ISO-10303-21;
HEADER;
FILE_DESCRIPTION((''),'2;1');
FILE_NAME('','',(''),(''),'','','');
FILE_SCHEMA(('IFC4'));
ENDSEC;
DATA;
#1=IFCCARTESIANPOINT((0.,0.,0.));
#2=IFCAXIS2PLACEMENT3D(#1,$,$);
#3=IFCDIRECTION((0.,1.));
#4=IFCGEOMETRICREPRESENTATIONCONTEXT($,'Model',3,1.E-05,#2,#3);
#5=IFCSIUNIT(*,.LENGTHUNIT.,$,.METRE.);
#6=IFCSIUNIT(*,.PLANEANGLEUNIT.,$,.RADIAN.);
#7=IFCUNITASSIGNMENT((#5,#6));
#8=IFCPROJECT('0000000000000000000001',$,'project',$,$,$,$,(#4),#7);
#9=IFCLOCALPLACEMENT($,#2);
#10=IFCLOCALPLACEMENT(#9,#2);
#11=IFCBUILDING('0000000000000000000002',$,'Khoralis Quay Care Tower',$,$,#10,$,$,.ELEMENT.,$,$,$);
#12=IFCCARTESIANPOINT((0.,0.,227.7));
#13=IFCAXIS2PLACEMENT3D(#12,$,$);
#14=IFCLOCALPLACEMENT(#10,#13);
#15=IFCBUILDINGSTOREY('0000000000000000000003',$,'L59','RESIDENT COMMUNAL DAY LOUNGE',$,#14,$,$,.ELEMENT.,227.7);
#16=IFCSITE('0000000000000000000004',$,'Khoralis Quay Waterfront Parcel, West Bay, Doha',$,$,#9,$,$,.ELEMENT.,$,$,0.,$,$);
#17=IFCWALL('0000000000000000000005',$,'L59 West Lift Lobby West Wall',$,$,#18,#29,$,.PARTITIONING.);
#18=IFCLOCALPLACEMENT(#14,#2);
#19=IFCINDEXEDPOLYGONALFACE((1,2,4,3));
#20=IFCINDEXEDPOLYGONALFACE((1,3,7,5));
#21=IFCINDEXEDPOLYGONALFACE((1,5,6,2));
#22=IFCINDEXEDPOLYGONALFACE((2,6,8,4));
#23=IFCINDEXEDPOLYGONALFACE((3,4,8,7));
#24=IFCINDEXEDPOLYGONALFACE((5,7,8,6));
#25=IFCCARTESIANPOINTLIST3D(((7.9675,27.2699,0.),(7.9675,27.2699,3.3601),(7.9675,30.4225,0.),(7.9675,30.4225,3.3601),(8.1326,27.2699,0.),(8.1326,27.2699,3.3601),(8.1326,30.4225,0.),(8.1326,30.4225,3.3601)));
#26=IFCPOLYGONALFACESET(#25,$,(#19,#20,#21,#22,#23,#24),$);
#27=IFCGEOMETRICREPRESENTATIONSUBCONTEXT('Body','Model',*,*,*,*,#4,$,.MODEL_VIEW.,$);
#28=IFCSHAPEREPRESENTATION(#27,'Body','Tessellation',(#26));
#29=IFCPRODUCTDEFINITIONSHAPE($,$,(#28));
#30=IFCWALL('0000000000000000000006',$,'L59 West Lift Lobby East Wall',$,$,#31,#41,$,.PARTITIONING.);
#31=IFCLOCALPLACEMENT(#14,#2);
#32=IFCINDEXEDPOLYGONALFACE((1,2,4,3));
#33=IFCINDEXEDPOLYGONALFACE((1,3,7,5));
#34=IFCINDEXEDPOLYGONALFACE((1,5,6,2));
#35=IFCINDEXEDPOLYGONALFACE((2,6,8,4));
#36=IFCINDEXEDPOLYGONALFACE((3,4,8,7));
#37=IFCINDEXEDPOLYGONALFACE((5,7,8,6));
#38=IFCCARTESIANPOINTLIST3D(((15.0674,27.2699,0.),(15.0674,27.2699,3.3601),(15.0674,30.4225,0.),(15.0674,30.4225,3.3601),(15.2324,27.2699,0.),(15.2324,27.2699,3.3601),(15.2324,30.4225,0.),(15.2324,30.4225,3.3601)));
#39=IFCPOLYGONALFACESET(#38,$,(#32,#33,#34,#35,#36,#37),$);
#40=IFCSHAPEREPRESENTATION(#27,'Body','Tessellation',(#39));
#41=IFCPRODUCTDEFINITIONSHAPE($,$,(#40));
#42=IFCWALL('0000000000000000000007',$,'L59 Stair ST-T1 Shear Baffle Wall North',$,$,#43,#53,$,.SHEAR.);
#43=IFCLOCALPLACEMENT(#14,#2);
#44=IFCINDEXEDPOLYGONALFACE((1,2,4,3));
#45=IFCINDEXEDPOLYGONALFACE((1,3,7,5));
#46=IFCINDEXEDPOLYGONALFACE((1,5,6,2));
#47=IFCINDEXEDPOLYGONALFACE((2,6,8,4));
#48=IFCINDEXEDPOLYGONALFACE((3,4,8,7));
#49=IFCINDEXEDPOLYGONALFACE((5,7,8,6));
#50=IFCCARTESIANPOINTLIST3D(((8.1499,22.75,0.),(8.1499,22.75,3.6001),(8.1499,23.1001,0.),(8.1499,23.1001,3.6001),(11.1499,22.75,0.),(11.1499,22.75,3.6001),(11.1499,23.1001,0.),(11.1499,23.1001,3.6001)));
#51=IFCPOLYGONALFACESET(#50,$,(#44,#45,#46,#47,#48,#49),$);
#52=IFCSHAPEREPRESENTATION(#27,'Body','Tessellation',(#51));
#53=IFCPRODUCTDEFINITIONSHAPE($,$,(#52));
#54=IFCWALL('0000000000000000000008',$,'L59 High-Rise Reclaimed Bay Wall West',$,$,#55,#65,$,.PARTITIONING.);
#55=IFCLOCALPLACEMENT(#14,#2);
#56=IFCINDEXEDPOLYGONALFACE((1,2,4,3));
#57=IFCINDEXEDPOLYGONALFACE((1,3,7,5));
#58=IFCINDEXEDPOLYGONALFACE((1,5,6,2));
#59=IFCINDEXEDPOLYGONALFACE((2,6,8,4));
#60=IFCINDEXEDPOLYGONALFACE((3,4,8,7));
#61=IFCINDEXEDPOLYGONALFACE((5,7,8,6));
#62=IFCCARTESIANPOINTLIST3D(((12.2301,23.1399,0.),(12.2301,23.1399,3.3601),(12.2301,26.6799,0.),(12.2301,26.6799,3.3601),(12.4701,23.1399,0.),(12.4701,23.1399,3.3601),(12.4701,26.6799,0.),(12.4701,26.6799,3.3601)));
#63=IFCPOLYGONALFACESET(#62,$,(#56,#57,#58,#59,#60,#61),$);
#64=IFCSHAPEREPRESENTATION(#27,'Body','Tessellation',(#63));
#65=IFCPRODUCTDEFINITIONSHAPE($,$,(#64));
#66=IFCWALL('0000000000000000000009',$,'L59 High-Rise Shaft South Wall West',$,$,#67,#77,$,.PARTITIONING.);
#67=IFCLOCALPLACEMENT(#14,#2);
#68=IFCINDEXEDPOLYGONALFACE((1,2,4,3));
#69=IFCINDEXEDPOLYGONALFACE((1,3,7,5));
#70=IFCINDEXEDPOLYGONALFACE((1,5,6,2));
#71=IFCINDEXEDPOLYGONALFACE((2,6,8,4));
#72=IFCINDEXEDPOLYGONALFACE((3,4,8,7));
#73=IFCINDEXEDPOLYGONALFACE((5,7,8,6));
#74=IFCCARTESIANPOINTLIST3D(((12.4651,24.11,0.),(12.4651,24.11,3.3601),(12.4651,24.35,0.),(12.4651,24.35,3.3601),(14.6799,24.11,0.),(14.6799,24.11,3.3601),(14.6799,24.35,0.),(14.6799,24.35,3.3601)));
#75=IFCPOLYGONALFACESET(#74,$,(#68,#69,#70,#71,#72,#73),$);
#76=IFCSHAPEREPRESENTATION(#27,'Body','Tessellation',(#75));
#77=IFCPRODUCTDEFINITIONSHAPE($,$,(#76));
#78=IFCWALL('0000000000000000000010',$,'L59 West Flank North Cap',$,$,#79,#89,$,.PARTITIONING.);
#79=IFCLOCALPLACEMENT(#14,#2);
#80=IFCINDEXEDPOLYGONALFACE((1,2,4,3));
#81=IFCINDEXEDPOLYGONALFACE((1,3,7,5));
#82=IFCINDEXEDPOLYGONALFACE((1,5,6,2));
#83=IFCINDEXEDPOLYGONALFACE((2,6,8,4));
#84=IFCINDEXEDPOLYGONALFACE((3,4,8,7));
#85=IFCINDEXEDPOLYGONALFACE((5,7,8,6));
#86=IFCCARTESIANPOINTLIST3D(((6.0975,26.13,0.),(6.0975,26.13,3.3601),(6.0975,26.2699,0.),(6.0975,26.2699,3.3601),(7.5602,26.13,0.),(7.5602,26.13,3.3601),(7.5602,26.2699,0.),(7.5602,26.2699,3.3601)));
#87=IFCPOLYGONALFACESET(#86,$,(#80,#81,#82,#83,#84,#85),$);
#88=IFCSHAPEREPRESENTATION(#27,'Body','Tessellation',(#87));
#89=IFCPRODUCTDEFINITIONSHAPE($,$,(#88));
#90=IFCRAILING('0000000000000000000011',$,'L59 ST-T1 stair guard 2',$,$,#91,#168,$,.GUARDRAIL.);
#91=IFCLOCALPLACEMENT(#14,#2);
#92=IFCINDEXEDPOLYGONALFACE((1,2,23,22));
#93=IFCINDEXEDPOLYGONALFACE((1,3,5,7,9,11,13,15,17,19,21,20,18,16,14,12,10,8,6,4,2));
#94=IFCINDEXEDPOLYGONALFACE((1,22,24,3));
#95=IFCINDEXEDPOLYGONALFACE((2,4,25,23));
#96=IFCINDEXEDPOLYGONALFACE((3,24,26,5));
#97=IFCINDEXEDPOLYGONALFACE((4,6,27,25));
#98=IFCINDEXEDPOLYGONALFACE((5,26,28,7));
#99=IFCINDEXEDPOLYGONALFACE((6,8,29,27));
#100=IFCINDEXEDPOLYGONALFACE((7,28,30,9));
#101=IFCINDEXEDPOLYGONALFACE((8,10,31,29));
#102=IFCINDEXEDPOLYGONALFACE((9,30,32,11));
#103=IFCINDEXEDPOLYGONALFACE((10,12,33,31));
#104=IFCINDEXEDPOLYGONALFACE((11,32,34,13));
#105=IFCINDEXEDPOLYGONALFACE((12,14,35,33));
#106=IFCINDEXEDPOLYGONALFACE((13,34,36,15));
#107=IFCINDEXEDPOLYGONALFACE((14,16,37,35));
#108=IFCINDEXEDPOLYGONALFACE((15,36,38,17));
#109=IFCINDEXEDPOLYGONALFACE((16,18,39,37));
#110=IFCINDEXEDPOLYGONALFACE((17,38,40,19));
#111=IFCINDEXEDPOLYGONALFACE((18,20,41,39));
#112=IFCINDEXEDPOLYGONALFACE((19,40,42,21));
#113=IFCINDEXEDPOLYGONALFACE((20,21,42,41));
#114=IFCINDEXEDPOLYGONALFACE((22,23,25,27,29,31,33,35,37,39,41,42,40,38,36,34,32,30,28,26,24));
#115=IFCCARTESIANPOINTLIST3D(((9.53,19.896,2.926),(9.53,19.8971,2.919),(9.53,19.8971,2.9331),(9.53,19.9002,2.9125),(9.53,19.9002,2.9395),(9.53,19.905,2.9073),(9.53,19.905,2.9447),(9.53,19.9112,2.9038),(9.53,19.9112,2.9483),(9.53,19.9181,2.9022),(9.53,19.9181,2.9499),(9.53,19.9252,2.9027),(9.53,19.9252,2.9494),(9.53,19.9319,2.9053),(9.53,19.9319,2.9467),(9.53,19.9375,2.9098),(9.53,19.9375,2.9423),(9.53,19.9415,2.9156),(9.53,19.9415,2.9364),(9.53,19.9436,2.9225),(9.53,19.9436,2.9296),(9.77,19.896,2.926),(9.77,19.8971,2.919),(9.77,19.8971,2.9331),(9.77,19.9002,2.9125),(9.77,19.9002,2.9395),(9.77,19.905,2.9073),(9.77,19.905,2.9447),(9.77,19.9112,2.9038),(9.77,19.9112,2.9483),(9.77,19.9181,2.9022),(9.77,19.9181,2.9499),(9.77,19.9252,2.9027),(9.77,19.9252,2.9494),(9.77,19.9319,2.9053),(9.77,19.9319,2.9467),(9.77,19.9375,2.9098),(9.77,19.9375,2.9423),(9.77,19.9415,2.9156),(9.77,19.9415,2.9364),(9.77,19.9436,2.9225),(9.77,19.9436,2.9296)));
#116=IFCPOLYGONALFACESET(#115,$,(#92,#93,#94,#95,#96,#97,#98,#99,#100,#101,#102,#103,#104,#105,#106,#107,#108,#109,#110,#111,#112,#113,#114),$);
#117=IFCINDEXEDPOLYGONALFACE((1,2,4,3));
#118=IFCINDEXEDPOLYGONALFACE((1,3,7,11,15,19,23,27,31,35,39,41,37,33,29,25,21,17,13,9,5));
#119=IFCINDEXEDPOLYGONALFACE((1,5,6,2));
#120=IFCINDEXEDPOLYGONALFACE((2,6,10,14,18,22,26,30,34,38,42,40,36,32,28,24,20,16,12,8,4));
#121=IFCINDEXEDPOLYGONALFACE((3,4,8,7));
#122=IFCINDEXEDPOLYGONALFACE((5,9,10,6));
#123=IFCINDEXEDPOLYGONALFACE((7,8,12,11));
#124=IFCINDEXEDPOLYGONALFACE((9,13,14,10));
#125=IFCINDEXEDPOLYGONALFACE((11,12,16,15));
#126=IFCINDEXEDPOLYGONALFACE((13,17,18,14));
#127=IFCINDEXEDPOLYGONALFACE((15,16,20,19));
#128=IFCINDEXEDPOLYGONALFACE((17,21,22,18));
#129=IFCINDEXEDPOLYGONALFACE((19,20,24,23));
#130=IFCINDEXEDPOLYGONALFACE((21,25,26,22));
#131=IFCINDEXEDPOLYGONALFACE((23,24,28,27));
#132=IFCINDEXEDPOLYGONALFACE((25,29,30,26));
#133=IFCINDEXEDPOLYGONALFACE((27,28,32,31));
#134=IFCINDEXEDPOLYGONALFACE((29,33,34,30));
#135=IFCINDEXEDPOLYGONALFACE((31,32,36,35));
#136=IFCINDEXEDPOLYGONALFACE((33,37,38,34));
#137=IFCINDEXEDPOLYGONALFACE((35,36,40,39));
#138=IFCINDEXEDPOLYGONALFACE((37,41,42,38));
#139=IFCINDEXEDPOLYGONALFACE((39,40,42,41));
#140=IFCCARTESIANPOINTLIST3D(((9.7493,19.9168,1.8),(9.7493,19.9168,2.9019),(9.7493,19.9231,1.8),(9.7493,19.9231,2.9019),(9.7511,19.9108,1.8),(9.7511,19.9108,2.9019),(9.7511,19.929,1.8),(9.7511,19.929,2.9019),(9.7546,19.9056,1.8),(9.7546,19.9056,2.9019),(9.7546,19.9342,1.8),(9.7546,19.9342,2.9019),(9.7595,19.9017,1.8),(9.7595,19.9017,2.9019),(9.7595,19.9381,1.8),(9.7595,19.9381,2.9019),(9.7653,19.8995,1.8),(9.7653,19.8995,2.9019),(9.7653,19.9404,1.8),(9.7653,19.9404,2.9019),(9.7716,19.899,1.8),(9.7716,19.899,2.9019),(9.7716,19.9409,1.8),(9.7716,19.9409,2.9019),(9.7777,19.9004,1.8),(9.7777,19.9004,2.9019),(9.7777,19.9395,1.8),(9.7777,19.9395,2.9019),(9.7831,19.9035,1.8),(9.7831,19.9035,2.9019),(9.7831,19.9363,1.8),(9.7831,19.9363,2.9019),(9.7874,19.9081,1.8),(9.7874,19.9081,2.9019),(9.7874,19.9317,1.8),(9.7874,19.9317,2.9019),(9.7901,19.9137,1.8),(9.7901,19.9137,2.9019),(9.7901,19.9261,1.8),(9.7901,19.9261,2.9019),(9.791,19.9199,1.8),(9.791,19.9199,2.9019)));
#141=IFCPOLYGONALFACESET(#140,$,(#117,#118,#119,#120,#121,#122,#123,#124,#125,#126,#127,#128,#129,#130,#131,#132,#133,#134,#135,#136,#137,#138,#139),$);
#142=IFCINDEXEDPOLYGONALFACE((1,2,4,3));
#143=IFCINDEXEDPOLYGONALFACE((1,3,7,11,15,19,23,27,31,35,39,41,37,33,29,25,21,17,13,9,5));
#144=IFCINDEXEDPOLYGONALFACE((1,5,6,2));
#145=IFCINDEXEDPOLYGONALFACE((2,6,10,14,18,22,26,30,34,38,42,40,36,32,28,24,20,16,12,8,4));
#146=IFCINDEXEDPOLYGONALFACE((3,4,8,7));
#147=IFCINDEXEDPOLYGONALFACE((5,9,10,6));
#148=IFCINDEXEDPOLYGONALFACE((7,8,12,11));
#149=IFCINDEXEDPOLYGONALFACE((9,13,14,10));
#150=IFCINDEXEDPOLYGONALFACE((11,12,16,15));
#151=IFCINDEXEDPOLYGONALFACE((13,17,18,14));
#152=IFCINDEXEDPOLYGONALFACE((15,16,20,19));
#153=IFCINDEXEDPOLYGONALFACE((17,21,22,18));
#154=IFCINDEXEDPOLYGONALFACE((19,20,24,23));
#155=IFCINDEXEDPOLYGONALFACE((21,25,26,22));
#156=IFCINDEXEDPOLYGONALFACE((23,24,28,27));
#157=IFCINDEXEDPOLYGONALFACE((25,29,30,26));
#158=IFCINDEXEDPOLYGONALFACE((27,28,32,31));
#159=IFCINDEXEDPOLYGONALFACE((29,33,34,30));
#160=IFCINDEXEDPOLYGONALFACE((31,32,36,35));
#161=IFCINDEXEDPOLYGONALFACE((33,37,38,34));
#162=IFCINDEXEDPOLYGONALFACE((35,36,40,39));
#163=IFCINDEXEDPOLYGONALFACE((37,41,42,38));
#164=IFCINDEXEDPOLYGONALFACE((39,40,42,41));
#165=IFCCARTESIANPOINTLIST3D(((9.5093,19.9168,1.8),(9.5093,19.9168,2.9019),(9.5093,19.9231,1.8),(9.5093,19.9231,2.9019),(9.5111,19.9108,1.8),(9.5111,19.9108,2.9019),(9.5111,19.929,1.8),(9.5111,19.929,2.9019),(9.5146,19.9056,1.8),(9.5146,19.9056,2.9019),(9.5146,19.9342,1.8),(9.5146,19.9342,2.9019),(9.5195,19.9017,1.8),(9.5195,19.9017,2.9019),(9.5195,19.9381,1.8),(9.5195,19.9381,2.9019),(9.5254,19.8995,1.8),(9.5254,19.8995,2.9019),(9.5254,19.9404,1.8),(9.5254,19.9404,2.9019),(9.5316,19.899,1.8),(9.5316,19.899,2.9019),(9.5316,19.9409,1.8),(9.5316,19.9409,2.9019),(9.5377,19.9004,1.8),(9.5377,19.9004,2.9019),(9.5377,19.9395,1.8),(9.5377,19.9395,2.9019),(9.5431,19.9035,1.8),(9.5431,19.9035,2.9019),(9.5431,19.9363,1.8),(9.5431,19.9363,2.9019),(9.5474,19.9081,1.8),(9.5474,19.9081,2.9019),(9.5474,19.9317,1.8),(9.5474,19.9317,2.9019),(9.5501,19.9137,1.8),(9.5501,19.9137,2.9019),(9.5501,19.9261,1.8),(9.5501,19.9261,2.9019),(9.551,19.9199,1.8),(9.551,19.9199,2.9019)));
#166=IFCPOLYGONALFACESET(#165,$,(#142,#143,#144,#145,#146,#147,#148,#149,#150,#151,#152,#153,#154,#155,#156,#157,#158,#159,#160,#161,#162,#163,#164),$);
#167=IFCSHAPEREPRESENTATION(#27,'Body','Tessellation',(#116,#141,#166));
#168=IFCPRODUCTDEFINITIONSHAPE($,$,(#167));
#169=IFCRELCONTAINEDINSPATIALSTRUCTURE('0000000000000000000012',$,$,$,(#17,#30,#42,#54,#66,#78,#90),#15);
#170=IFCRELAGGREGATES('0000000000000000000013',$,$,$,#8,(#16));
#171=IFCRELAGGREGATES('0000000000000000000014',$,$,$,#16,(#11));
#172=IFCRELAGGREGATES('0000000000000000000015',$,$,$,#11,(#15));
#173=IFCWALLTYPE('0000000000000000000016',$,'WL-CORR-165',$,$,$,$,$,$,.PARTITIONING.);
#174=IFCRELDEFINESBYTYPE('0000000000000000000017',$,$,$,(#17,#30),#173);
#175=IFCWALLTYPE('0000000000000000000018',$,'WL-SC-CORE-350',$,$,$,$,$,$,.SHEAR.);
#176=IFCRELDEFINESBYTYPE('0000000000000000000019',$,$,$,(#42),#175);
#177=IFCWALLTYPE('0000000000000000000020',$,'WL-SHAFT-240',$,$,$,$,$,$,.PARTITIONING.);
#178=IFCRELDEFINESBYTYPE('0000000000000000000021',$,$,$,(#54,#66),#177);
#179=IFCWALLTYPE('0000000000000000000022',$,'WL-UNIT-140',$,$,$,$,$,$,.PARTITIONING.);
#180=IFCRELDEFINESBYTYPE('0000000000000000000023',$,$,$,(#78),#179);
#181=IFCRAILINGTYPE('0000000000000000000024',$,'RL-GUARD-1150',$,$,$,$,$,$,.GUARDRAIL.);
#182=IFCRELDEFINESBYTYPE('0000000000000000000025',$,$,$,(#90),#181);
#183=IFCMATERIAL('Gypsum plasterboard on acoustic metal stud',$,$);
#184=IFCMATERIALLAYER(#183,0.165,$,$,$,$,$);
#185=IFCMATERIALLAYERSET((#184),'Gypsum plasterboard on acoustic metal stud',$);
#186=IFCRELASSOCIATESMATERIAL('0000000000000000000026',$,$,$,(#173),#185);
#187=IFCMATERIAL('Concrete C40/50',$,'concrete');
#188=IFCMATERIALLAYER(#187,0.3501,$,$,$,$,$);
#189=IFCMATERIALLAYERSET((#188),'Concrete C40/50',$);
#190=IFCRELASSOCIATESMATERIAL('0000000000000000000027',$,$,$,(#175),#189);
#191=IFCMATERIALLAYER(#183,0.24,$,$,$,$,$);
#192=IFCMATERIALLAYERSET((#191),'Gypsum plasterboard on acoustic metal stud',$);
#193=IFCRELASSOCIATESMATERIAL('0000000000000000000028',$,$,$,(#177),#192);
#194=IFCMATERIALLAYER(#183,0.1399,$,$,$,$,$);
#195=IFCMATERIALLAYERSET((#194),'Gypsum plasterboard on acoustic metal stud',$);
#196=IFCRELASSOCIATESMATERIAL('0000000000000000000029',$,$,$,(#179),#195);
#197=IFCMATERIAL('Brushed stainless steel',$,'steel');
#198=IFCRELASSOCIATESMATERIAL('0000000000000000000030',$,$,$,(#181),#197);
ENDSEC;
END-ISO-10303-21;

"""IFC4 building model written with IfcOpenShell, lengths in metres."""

from ifc_helpers import new_model, si_unit, direction, frame, frame_2d, origin, origin_2d, place, context, subcontext, project, spatial, rectangle, circle, extrude, material, layer, layer_set, type_object, element, save


model = new_model("IFC4")

# Units and contexts
model_context = context("Model", 3, precision=1e-05, world=origin(), true_north=direction((0.0, 1.0)))
body_context = subcontext(model_context, "Body", "Model", "MODEL_VIEW")
ifc_project = project(units=[si_unit("LENGTHUNIT", "METRE"), si_unit("PLANEANGLEUNIT", "RADIAN")], contexts=[model_context])

# Site, building, storey
site_placement = place(None, origin())
site = spatial("IfcSite", under=ifc_project, at=site_placement, Name="Khoralis Quay Waterfront Parcel, West Bay, Doha", CompositionType="ELEMENT", RefElevation=0.0)
building_placement = place(site_placement, origin())
building = spatial("IfcBuilding", under=site, at=building_placement, Name="Khoralis Quay Care Tower", CompositionType="ELEMENT")
storey_placement = place(building_placement, frame((0.0, 0.0, 227.7)))
storey = spatial("IfcBuildingStorey", under=building, at=storey_placement, Name="L59", Description="RESIDENT COMMUNAL DAY LOUNGE", CompositionType="ELEMENT", Elevation=227.7)

# Shared definitions
ifc_material_1 = material(Name="Brushed stainless steel", Category="steel")

# Walls
ifc_material_2 = material(Name="Gypsum plasterboard on acoustic metal stud")
ifc_layer_1 = layer(ifc_material_2, 0.165)
ifc_layer_set_1 = layer_set([ifc_layer_1], Name="Gypsum plasterboard on acoustic metal stud")
wall_type_1 = type_object("IfcWallType", Name="WL-CORR-165", PredefinedType="PARTITIONING", material=ifc_layer_set_1)
for number, where, z_axis, x_axis, name in (
    (1, (8.05, 27.27, 0.0), (0.0, 0.0, 1.0), (0.0, 1.0, 0.0), "L59 West Lift Lobby West Wall"),
    (2, (15.1499, 27.27, 0.0), (0.0, 0.0, 1.0), (0.0, 1.0, 0.0), "L59 West Lift Lobby East Wall"),
):
    element("IfcWall", number, at=place(storey_placement, frame(where, z_axis=z_axis, x_axis=x_axis)), inside=storey, type_object=wall_type_1, Name=name, PredefinedType="PARTITIONING", context=body_context, shape_type="SweptSolid", body=[
        extrude(rectangle(XDim=3.1526, YDim=0.165, at=frame_2d((1.5762, 0.0))), origin(), (0.0, 0.0, 1.0), 3.3601),
    ])
ifc_material_3 = material(Name="Concrete C40/50", Category="concrete")
ifc_layer_2 = layer(ifc_material_3, 0.3501)
ifc_layer_set_2 = layer_set([ifc_layer_2], Name="Concrete C40/50")
wall_type_2 = type_object("IfcWallType", Name="WL-SC-CORE-350", PredefinedType="SHEAR", material=ifc_layer_set_2)
wall_1_placement = place(storey_placement, frame((8.1499, 22.925, 0.0), z_axis=(0.0, 0.0, 1.0), x_axis=(1.0, 0.0, 0.0)))
element("IfcWall", 3, at=wall_1_placement, inside=storey, type_object=wall_type_2, Name="L59 Stair ST-T1 Shear Baffle Wall North", PredefinedType="SHEAR", context=body_context, shape_type="SweptSolid", body=[
    extrude(rectangle(XDim=3.0, YDim=0.3501, at=frame_2d((1.5, 0.0))), origin(), (0.0, 0.0, 1.0), 3.6001),
])
ifc_layer_3 = layer(ifc_material_2, 0.24)
ifc_layer_set_3 = layer_set([ifc_layer_3], Name="Gypsum plasterboard on acoustic metal stud")
wall_type_3 = type_object("IfcWallType", Name="WL-SHAFT-240", PredefinedType="PARTITIONING", material=ifc_layer_set_3)
wall_2_placement = place(storey_placement, frame((12.3501, 23.1399, 0.0), z_axis=(0.0, 0.0, 1.0), x_axis=(0.0, 1.0, 0.0)))
element("IfcWall", 4, at=wall_2_placement, inside=storey, type_object=wall_type_3, Name="L59 High-Rise Reclaimed Bay Wall West", PredefinedType="PARTITIONING", context=body_context, shape_type="SweptSolid", body=[
    extrude(rectangle(XDim=3.54, YDim=0.24, at=frame_2d((1.77, 0.0))), origin(), (0.0, 0.0, 1.0), 3.3601),
])
wall_3_placement = place(storey_placement, frame((12.4651, 24.23, 0.0), z_axis=(0.0, 0.0, 1.0), x_axis=(1.0, 0.0, 0.0)))
element("IfcWall", 5, at=wall_3_placement, inside=storey, type_object=wall_type_3, Name="L59 High-Rise Shaft South Wall West", PredefinedType="PARTITIONING", context=body_context, shape_type="SweptSolid", body=[
    extrude(rectangle(XDim=2.2148, YDim=0.24, at=frame_2d((1.1074, 0.0))), origin(), (0.0, 0.0, 1.0), 3.3601),
])
ifc_layer_4 = layer(ifc_material_2, 0.1399)
ifc_layer_set_4 = layer_set([ifc_layer_4], Name="Gypsum plasterboard on acoustic metal stud")
wall_type_4 = type_object("IfcWallType", Name="WL-UNIT-140", PredefinedType="PARTITIONING", material=ifc_layer_set_4)
wall_4_placement = place(storey_placement, frame((6.0974, 26.2, 0.0), z_axis=(0.0, 0.0, 1.0), x_axis=(1.0, 0.0, 0.0)))
element("IfcWall", 6, at=wall_4_placement, inside=storey, type_object=wall_type_4, Name="L59 West Flank North Cap", PredefinedType="PARTITIONING", context=body_context, shape_type="SweptSolid", body=[
    extrude(rectangle(XDim=1.4626, YDim=0.1399, at=frame_2d((0.7314, 0.0))), origin(), (0.0, 0.0, 1.0), 3.3601),
])

# Railing
railing_type = type_object("IfcRailingType", Name="RL-GUARD-1150", PredefinedType="GUARDRAIL", material=ifc_material_1)
railing_placement = place(storey_placement, frame((9.77, 19.9199, 1.8)))
element("IfcRailing", 7, at=railing_placement, inside=storey, type_object=railing_type, Name="L59 ST-T1 stair guard 2", PredefinedType="GUARDRAIL", context=body_context, shape_type="SweptSolid", body=[
    extrude(circle(Radius=0.0239, at=origin_2d()), frame((0.0, 0.0, 1.126), z_axis=(-1.0, 0.0, 0.0), x_axis=(0.0, -1.0, 0.0)), (0.0, 0.0, 1.0), 0.24),
    extrude(circle(Radius=0.021, at=origin_2d()), origin(), (0.0, 0.0, 1.0), 1.1018),
    extrude(circle(Radius=0.021, at=origin_2d()), frame((-0.24, 0.0, 0.0)), (0.0, 0.0, 1.0), 1.1018),
])

save(model, "model.ifc")
